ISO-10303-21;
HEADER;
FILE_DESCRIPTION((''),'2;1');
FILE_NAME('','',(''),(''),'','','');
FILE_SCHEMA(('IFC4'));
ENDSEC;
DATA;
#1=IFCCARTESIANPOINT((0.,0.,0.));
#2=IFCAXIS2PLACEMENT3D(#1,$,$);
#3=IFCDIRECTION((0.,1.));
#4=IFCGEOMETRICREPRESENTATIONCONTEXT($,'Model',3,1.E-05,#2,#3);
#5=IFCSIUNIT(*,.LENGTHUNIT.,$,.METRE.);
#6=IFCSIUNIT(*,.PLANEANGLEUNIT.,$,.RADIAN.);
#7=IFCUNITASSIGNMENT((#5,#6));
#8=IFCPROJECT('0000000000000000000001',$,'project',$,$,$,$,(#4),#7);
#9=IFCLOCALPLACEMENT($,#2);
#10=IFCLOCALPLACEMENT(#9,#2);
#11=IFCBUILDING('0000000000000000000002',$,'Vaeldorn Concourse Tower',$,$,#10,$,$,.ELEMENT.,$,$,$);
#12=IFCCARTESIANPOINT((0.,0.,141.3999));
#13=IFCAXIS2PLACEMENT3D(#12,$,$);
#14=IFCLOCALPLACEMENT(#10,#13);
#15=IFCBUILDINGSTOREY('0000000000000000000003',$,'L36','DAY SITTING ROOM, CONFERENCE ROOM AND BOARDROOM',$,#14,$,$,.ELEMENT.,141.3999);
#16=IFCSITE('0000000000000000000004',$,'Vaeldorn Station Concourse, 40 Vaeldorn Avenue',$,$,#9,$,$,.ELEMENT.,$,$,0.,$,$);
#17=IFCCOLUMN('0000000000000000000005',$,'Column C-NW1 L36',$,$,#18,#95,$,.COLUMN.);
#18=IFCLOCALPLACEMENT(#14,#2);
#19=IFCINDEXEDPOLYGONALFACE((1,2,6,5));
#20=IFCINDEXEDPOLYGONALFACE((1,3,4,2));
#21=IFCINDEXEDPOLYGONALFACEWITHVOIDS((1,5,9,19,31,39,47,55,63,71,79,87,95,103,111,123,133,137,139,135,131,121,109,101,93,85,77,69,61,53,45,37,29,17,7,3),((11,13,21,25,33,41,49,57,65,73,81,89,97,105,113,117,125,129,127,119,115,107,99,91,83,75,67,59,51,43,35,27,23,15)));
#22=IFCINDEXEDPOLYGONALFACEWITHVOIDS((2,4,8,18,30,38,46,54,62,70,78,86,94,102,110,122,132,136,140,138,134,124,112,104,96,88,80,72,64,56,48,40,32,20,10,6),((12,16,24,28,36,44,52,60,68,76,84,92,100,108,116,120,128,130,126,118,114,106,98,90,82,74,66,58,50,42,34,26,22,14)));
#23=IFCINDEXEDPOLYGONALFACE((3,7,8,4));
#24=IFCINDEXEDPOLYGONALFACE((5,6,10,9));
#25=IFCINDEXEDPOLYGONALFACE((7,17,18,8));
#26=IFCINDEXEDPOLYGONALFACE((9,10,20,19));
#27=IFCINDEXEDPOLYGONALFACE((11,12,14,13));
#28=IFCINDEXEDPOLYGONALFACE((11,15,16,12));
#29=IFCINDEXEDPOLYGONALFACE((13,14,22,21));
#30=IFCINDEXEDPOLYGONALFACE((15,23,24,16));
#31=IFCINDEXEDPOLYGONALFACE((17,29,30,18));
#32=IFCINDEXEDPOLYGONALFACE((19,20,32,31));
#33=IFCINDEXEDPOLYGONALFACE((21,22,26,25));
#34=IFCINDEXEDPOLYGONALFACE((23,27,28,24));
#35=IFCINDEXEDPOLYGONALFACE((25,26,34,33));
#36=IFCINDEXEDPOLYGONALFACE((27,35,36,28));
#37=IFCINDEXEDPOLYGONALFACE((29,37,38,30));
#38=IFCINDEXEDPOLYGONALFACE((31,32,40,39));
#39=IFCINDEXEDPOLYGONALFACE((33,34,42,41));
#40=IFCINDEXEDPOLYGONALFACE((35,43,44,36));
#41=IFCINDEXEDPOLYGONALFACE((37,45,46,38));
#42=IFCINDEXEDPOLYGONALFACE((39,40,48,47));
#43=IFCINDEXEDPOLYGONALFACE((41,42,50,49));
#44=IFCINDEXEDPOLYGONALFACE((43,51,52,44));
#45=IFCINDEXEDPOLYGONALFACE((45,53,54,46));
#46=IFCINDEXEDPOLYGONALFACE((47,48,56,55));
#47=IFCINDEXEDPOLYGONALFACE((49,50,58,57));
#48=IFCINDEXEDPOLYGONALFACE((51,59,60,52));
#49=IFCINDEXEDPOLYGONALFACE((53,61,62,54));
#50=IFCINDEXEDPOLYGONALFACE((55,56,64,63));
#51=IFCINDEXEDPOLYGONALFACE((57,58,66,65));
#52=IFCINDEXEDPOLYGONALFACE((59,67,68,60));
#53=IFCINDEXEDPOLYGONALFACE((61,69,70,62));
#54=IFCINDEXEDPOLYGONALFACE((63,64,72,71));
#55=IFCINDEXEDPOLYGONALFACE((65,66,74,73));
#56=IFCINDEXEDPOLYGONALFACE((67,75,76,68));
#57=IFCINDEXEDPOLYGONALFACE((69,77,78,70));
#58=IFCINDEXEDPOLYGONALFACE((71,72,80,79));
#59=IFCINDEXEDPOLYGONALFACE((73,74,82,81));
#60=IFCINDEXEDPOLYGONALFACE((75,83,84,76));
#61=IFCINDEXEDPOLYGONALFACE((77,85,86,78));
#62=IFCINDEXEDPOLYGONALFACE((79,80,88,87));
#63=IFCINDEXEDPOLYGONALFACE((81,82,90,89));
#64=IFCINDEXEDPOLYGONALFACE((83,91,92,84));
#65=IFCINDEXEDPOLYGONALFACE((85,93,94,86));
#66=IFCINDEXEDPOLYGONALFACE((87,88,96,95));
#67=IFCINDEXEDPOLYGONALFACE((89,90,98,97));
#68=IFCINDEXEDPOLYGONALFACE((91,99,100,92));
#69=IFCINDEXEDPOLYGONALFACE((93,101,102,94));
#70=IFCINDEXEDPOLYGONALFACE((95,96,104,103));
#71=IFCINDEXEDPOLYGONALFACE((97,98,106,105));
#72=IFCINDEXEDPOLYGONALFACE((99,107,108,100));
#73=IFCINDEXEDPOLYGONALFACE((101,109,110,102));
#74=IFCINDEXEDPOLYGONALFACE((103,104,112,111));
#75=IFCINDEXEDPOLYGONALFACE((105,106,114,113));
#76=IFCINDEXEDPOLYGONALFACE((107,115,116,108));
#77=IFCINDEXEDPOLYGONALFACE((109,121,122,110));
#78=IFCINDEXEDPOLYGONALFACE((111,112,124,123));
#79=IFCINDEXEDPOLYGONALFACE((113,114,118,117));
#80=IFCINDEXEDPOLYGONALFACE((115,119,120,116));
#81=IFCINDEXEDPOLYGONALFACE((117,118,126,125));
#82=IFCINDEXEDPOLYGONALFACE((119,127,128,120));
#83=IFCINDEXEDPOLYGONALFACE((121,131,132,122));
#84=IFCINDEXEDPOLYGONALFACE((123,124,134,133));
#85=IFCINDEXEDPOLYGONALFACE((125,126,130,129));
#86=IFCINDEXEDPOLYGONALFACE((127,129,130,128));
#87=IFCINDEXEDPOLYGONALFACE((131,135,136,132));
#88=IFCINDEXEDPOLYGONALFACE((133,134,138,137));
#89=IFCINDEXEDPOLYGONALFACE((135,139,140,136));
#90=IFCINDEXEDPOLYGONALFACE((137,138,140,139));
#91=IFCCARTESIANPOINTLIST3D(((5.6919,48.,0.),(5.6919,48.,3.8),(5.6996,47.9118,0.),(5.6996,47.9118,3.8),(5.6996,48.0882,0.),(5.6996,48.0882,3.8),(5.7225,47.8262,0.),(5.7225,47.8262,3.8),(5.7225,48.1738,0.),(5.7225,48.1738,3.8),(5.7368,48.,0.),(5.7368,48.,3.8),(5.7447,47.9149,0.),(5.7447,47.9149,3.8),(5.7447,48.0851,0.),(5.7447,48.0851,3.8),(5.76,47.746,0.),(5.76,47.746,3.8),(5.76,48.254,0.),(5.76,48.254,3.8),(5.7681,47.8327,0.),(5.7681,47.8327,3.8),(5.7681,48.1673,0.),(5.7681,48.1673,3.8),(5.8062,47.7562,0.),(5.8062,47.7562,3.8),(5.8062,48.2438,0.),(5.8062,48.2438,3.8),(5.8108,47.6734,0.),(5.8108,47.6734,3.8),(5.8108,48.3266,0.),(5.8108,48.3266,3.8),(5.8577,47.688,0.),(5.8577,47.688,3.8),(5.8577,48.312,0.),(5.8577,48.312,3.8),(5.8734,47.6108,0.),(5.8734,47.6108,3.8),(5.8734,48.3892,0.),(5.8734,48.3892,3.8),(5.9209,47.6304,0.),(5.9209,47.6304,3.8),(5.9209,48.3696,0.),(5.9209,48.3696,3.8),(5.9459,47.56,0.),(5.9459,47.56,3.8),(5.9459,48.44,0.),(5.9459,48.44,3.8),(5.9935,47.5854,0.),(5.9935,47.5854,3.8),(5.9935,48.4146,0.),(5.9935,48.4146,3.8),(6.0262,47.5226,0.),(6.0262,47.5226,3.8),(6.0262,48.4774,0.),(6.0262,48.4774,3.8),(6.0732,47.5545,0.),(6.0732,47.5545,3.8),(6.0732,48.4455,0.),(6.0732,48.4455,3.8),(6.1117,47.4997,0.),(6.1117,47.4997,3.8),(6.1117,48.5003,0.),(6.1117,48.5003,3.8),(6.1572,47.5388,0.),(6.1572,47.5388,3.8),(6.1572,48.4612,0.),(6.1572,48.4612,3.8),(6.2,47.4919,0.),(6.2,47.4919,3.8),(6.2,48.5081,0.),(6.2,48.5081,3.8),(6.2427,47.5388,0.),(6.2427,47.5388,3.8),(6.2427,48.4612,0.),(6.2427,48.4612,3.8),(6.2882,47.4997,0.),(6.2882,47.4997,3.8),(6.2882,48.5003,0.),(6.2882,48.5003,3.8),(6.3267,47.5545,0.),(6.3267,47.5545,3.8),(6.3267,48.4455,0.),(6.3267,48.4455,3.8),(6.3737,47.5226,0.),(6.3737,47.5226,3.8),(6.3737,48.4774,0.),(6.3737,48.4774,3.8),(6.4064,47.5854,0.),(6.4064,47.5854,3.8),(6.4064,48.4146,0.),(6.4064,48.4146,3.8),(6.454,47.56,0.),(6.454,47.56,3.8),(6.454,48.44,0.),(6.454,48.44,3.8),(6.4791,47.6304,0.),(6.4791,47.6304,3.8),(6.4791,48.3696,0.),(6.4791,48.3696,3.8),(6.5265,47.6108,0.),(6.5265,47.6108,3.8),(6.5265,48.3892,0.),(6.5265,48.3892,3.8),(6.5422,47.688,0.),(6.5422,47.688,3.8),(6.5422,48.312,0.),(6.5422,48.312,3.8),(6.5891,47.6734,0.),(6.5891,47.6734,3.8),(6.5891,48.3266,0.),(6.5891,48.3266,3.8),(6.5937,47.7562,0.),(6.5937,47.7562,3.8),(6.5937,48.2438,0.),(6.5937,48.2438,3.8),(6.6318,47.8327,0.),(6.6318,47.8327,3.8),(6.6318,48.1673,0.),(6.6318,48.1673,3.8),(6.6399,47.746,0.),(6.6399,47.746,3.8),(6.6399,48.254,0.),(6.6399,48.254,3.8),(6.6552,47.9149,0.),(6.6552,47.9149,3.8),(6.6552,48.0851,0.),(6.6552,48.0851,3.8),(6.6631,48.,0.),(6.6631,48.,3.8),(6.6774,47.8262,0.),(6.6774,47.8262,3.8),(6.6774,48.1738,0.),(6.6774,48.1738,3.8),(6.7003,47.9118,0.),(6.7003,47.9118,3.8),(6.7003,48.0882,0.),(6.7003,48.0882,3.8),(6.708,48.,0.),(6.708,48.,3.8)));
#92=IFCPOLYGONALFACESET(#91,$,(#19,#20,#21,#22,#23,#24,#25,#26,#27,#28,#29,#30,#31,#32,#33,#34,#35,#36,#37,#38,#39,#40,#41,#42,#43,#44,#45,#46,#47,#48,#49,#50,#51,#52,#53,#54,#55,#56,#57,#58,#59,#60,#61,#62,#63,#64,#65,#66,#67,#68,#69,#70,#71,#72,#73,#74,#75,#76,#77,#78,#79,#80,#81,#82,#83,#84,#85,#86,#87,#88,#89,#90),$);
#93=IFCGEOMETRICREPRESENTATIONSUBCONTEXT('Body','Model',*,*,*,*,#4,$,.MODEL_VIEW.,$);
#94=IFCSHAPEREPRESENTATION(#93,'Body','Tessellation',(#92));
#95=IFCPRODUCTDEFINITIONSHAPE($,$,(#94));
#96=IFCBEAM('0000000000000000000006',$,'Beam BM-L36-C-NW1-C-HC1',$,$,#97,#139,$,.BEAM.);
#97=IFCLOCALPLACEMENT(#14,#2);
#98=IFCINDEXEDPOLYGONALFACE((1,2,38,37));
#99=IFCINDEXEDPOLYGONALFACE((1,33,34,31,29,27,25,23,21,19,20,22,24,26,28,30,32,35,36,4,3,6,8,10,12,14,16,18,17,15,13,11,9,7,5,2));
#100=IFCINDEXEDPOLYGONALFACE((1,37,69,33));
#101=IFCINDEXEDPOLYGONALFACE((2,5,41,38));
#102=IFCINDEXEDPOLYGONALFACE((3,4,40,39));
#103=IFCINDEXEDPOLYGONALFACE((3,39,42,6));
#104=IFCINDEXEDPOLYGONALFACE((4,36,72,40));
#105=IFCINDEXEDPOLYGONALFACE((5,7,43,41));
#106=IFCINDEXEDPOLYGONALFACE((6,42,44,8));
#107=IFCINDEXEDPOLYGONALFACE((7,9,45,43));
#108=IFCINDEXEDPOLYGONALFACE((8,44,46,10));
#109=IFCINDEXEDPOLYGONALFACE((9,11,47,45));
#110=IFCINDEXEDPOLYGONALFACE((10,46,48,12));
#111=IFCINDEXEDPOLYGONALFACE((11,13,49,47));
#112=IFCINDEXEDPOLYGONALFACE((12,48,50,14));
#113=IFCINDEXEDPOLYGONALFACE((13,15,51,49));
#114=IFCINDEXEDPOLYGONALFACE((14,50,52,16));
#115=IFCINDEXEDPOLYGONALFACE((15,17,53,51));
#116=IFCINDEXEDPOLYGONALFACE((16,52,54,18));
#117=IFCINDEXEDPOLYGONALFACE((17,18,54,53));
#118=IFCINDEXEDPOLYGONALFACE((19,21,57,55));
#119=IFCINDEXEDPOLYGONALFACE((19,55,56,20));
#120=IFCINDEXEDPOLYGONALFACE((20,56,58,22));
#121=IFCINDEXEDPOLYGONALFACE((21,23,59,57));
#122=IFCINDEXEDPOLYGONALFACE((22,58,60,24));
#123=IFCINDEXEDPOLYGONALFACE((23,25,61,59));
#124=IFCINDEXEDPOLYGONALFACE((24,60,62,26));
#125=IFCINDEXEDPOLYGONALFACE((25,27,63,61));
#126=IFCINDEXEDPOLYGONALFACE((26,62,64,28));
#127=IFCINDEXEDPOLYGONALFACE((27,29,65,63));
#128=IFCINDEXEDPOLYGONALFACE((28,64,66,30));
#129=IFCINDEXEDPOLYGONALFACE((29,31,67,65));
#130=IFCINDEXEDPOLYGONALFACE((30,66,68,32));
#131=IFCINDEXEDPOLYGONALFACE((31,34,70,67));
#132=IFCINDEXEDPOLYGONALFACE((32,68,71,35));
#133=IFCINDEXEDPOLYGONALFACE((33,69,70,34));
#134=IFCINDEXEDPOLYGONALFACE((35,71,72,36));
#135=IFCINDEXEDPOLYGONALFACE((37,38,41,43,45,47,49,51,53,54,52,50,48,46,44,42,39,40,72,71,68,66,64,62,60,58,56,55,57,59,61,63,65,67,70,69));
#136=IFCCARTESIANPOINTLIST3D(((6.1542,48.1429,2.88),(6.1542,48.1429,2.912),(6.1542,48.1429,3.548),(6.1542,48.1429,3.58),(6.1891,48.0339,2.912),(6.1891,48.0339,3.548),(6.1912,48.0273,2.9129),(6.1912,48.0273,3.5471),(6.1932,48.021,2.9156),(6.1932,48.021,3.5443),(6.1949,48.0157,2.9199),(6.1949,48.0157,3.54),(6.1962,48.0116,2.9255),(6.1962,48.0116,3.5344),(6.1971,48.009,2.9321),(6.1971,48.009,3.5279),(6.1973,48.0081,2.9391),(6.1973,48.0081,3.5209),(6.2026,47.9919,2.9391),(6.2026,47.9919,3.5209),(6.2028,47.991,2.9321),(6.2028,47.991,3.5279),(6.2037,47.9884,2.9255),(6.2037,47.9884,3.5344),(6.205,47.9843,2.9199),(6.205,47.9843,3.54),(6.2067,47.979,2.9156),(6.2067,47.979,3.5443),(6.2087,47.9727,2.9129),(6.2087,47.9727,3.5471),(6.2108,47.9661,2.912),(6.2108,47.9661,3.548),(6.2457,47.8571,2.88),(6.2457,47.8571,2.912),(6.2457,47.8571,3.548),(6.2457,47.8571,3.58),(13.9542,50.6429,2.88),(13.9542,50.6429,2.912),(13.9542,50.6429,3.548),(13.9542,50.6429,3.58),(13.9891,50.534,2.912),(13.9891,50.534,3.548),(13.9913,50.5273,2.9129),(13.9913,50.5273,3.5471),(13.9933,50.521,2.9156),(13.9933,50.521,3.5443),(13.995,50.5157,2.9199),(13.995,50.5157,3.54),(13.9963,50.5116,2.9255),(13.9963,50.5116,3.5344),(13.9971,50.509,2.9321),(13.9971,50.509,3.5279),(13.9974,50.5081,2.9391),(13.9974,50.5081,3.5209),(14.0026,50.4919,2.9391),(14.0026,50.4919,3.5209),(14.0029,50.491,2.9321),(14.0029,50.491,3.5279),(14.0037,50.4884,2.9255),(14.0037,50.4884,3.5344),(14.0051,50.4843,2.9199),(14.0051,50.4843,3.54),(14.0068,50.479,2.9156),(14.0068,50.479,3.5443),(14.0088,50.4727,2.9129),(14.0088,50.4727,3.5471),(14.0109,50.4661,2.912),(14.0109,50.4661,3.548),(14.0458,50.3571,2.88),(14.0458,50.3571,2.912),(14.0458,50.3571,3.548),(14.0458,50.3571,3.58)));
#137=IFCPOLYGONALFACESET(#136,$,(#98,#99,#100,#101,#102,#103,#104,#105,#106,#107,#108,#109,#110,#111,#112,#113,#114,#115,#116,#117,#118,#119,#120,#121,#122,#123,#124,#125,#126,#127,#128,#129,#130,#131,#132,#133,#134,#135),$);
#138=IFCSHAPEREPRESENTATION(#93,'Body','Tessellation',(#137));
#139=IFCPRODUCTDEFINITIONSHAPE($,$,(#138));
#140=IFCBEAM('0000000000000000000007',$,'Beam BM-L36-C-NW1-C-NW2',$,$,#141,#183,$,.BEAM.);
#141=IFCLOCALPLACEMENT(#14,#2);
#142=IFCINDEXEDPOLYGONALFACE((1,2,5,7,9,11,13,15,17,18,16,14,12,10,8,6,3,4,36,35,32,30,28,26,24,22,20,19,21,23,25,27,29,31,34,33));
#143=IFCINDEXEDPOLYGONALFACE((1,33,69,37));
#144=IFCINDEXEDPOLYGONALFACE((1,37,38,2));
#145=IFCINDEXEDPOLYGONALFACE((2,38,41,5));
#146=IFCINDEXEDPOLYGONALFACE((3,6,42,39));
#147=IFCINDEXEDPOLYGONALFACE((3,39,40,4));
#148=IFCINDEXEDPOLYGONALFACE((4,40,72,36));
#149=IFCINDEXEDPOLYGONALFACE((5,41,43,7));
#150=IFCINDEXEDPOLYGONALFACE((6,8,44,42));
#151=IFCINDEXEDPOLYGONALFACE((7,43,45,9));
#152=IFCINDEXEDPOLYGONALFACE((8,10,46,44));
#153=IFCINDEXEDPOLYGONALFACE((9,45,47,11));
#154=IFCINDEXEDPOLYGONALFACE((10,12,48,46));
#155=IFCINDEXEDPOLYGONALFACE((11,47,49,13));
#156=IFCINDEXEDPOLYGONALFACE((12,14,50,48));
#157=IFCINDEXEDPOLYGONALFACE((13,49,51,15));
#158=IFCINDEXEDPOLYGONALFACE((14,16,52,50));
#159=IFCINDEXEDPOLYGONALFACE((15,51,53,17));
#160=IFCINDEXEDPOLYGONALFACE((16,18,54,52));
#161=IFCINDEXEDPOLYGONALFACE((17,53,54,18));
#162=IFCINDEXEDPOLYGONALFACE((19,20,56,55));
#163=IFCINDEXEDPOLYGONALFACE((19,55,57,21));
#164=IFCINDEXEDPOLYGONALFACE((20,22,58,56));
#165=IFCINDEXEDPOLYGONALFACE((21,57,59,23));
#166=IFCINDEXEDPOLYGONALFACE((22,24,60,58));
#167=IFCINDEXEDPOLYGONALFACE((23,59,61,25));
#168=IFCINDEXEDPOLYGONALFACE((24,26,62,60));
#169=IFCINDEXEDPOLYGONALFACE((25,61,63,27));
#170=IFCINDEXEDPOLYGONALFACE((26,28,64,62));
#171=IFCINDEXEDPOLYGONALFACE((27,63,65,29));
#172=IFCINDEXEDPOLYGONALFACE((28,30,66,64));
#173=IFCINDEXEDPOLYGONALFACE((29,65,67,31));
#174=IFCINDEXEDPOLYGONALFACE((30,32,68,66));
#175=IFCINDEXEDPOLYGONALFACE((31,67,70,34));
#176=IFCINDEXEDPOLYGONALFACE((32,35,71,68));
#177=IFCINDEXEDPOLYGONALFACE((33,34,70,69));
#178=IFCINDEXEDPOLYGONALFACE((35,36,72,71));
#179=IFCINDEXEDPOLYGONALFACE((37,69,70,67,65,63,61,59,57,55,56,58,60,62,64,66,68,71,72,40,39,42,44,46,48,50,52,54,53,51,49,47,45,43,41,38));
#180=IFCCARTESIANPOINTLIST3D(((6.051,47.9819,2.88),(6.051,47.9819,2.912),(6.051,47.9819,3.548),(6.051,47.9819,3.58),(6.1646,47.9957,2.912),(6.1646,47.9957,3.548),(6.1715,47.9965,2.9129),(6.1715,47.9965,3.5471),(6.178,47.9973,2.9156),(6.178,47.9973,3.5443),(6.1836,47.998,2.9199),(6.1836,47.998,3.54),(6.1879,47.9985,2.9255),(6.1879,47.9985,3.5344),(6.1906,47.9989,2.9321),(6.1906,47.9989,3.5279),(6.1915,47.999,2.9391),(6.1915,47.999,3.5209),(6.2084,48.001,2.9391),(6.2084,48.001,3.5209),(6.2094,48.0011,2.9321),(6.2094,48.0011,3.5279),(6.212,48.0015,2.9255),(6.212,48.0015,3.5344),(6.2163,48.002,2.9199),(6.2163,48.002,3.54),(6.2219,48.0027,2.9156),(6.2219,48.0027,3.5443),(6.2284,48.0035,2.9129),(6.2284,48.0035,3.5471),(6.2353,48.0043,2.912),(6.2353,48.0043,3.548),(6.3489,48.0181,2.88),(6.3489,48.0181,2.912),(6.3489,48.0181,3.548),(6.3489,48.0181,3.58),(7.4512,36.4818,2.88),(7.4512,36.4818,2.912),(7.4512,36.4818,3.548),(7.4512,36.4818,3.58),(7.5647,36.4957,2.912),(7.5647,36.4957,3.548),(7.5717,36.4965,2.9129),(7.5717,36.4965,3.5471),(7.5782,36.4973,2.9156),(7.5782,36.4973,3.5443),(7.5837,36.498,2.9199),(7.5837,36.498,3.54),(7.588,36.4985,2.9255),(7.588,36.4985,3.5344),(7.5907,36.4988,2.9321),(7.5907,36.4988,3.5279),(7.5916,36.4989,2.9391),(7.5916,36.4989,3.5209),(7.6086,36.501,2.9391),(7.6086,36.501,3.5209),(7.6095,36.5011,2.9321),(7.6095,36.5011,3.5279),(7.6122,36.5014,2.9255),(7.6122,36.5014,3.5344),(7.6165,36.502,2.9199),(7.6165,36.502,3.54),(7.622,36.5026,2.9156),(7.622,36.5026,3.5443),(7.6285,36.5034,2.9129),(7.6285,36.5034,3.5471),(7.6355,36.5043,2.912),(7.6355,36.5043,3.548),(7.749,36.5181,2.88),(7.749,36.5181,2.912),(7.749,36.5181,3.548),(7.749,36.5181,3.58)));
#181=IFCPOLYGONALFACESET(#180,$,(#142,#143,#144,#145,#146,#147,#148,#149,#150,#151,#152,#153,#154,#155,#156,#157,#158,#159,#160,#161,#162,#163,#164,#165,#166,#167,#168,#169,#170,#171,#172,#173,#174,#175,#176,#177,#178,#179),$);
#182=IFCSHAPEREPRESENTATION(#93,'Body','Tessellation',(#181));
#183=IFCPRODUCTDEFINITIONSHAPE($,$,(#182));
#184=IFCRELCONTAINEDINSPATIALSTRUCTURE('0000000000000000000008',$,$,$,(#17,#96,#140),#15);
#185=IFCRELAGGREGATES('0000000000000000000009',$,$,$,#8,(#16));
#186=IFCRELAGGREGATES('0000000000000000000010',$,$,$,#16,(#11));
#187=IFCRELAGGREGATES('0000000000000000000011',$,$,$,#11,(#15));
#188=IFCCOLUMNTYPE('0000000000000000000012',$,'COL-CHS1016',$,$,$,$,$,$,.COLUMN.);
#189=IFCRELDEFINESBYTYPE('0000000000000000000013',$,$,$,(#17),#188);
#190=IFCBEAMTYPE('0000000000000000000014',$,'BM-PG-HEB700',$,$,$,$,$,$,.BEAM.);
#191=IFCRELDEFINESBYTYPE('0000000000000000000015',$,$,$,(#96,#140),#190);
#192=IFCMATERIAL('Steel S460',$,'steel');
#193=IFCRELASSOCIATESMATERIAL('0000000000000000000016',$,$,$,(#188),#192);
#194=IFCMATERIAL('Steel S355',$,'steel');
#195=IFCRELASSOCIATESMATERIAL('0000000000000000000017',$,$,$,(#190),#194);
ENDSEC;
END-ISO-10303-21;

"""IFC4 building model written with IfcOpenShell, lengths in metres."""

from ifc_helpers import new_model, si_unit, direction, frame, origin, origin_2d, place, context, subcontext, project, spatial, hollow_circle, i_section, extrude, source, transform, mapped, material, material_profile, profile_set, type_object, element, save


model = new_model("IFC4")

# Units and contexts
model_context = context("Model", 3, precision=1e-05, world=origin(), true_north=direction((0.0, 1.0)))
body_context = subcontext(model_context, "Body", "Model", "MODEL_VIEW")
ifc_project = project(units=[si_unit("LENGTHUNIT", "METRE"), si_unit("PLANEANGLEUNIT", "RADIAN")], contexts=[model_context])

# Site, building, storey
site_placement = place(None, origin())
site = spatial("IfcSite", under=ifc_project, at=site_placement, Name="Vaeldorn Station Concourse, 40 Vaeldorn Avenue", CompositionType="ELEMENT", RefElevation=0.0)
building_placement = place(site_placement, origin())
building = spatial("IfcBuilding", under=site, at=building_placement, Name="Vaeldorn Concourse Tower", CompositionType="ELEMENT")
storey_placement = place(building_placement, frame((0.0, 0.0, 141.3999)))
storey = spatial("IfcBuildingStorey", under=building, at=storey_placement, Name="L36", Description="DAY SITTING ROOM, CONFERENCE ROOM AND BOARDROOM", CompositionType="ELEMENT", Elevation=141.3999)

# Column
ifc_material_1 = material(Name="Steel S460", Category="steel")
ifc_material_profile_1 = material_profile(ifc_material_1, hollow_circle(Radius=0.5081, WallThickness=0.0449, at=origin_2d()), Name="CHS 1016x45")
ifc_profile_set_1 = profile_set([ifc_material_profile_1], Name="Steel S460")
column_type = type_object("IfcColumnType", Name="COL-CHS1016", PredefinedType="COLUMN", material=ifc_profile_set_1)
shared_shape_1 = source(origin(), body_context, "Body", "SweptSolid", [
    extrude(hollow_circle(Radius=0.5081, WallThickness=0.0449, at=origin_2d()), origin(), (0.0, 0.0, 1.0), 3.8),
])
column_placement = place(storey_placement, frame((6.2, 48.0, 0.0), z_axis=(0.0, 0.0, 1.0), x_axis=(1.0, 0.0, 0.0)))
element("IfcColumn", 1, at=column_placement, inside=storey, type_object=column_type, Name="Column C-NW1 L36", PredefinedType="COLUMN", context=body_context, shape_type="MappedRepresentation", body=[
    mapped(shared_shape_1, transform((0.0, 0.0, 0.0), scale=1.0)),
])

# Beams
ifc_material_2 = material(Name="Steel S355", Category="steel")
ifc_material_profile_2 = material_profile(ifc_material_2, i_section(OverallWidth=0.3, OverallDepth=0.7, WebThickness=0.0171, FlangeThickness=0.032, FilletRadius=0.0271, at=origin_2d()), Name="HEB 700")
ifc_profile_set_2 = profile_set([ifc_material_profile_2], Name="Steel S355")
beam_type_1 = type_object("IfcBeamType", Name="BM-PG-HEB700", PredefinedType="BEAM", material=ifc_profile_set_2)
shared_shape_2 = source(origin(), body_context, "Body", "SweptSolid", [
    extrude(i_section(OverallWidth=0.3, OverallDepth=0.7, WebThickness=0.0171, FlangeThickness=0.032, FilletRadius=0.0271, at=origin_2d()), origin(), (0.0, 0.0, 1.0), 8.1909),
])
beam_1_placement = place(storey_placement, frame((6.2, 48.0, 3.23), z_axis=(0.952283, 0.305217, 0.0), x_axis=(-0.305217, 0.952283, 0.0)))
element("IfcBeam", 2, at=beam_1_placement, inside=storey, type_object=beam_type_1, Name="Beam BM-L36-C-NW1-C-HC1", PredefinedType="BEAM", context=body_context, shape_type="MappedRepresentation", body=[
    mapped(shared_shape_2, transform((0.0, 0.0, 0.0), scale=1.0)),
])
shared_shape_3 = source(origin(), body_context, "Body", "SweptSolid", [
    extrude(i_section(OverallWidth=0.3, OverallDepth=0.7, WebThickness=0.0171, FlangeThickness=0.032, FilletRadius=0.0271, at=origin_2d()), origin(), (0.0, 0.0, 1.0), 11.585),
])
beam_2_placement = place(storey_placement, frame((6.2, 48.0, 3.23), z_axis=(0.120859, -0.99267, 0.0), x_axis=(0.99267, 0.120859, 0.0)))
element("IfcBeam", 3, at=beam_2_placement, inside=storey, type_object=beam_type_1, Name="Beam BM-L36-C-NW1-C-NW2", PredefinedType="BEAM", context=body_context, shape_type="MappedRepresentation", body=[
    mapped(shared_shape_3, transform((0.0, 0.0, 0.0), scale=1.0)),
])

save(model, "model.ifc")
